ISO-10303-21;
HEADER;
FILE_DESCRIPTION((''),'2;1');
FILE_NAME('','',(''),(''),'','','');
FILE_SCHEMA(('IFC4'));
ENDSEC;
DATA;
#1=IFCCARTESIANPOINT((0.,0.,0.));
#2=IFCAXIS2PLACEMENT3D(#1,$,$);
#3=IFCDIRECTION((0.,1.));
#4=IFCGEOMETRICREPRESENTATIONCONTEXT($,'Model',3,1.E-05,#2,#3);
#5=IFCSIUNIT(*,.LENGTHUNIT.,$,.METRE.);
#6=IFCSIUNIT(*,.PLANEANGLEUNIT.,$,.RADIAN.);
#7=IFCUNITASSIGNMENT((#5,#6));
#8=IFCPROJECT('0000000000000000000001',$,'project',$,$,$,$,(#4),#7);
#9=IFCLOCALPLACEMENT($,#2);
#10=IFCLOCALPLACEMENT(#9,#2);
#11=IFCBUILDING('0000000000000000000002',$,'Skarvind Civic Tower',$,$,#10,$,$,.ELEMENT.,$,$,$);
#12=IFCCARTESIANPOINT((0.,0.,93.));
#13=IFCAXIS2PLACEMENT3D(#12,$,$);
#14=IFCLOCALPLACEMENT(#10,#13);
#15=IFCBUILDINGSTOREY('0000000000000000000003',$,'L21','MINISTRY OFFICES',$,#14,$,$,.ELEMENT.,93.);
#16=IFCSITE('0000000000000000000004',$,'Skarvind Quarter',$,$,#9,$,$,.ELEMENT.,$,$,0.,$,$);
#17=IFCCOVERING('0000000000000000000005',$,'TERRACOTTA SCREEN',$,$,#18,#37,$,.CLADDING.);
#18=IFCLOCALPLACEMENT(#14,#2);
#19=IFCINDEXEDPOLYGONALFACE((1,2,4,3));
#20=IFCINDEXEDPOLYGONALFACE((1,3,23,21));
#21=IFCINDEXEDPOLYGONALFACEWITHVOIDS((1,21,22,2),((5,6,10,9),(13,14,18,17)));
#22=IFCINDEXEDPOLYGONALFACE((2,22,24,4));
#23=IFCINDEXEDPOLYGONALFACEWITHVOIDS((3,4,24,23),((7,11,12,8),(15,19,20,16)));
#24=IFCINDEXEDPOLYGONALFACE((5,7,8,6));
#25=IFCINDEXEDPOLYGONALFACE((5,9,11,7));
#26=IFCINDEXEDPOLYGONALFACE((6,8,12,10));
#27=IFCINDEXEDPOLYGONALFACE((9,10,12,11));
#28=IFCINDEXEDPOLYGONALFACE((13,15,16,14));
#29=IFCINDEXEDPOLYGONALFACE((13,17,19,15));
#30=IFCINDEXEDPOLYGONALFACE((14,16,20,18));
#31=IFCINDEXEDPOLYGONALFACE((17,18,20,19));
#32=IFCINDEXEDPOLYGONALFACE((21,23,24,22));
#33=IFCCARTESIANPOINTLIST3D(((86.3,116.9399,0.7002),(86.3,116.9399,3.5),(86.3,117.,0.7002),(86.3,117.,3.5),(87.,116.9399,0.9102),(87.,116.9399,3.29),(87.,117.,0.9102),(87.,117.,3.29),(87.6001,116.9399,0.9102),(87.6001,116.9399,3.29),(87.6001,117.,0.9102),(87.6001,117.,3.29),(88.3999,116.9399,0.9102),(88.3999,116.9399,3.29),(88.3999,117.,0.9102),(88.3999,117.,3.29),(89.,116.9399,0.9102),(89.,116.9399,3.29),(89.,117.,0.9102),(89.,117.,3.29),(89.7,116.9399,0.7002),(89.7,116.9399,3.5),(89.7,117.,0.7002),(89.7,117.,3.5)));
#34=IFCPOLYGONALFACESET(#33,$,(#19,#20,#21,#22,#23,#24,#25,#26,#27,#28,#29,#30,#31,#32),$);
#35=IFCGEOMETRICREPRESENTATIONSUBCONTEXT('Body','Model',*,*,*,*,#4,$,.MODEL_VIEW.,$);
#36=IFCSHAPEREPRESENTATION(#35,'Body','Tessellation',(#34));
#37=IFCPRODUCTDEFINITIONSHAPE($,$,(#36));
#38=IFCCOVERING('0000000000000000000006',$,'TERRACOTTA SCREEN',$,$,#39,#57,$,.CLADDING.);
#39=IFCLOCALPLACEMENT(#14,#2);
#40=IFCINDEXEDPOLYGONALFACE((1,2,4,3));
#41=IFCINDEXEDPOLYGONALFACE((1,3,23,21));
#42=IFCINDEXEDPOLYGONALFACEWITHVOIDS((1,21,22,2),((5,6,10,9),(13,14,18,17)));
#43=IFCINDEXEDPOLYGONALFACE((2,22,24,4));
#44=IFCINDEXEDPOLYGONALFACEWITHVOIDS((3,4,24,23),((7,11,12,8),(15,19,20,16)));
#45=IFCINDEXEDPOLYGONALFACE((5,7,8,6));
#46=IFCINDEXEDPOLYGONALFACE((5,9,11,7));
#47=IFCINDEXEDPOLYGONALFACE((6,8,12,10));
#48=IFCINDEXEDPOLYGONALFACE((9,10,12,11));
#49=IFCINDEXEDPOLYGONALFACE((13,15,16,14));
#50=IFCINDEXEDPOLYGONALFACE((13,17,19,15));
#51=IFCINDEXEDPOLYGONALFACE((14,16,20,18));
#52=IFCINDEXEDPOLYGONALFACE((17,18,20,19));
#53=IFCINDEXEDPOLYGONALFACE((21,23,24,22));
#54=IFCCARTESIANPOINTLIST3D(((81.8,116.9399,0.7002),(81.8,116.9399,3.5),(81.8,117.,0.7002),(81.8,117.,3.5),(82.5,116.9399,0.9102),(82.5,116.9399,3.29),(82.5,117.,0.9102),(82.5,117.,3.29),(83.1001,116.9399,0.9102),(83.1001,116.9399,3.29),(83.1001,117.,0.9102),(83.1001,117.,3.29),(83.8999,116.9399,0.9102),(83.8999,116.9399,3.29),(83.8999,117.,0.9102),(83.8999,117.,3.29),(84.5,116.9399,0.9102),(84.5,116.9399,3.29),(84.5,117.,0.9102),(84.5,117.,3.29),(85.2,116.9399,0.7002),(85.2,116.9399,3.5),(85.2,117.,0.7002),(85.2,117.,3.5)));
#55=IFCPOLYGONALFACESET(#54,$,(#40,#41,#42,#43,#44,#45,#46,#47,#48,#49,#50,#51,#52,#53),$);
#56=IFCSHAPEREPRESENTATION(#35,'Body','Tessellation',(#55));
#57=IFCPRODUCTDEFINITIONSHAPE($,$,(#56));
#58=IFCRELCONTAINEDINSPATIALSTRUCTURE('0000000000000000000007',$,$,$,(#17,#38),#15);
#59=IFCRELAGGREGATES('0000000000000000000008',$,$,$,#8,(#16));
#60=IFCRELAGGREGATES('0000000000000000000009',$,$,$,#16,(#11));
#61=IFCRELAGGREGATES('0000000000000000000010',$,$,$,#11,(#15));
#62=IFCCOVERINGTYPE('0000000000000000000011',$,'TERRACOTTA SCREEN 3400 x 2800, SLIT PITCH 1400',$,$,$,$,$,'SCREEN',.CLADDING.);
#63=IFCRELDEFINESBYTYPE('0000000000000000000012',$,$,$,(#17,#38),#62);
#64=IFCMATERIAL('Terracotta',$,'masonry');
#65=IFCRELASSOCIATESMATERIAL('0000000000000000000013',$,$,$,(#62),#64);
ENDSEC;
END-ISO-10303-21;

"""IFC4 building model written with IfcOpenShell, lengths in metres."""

from ifc_helpers import new_model, si_unit, direction, frame, origin, place, context, subcontext, project, spatial, polyline, outline, extrude, material, material_profile, profile_set, type_object, element, save


model = new_model("IFC4")

# Units and contexts
model_context = context("Model", 3, precision=1e-05, world=origin(), true_north=direction((0.0, 1.0)))
body_context = subcontext(model_context, "Body", "Model", "MODEL_VIEW")
ifc_project = project(units=[si_unit("LENGTHUNIT", "METRE"), si_unit("PLANEANGLEUNIT", "RADIAN")], contexts=[model_context])

# Site, building, storey
site_placement = place(None, origin())
site = spatial("IfcSite", under=ifc_project, at=site_placement, Name="Skarvind Quarter", CompositionType="ELEMENT", RefElevation=0.0)
building_placement = place(site_placement, origin())
building = spatial("IfcBuilding", under=site, at=building_placement, Name="Skarvind Civic Tower", CompositionType="ELEMENT")
storey_placement = place(building_placement, frame((0.0, 0.0, 93.0)))
storey = spatial("IfcBuildingStorey", under=building, at=storey_placement, Name="L21", Description="MINISTRY OFFICES", CompositionType="ELEMENT", Elevation=93.0)

# Coverings
ifc_material_1 = material(Name="Terracotta", Category="masonry")
ifc_material_profile_1 = material_profile(ifc_material_1, outline(polyline([(-1.7, -1.3999), (1.7, -1.3999), (1.7, 1.3999), (-1.7, 1.3999), (-1.7, -1.3999)]), holes=[polyline([(-1.0, -1.1899), (-0.3999, -1.1899), (-0.3999, 1.1899), (-1.0, 1.1899), (-1.0, -1.1899)]), polyline([(0.3999, -1.1899), (1.0, -1.1899), (1.0, 1.1899), (0.3999, 1.1899), (0.3999, -1.1899)])]), Name="TERRACOTTA SCREEN 3400 x 2800, SLIT PITCH 1400")
ifc_profile_set_1 = profile_set([ifc_material_profile_1], Name="Terracotta")
covering_type = type_object("IfcCoveringType", Name="TERRACOTTA SCREEN 3400 x 2800, SLIT PITCH 1400", ElementType="SCREEN", PredefinedType="CLADDING", material=ifc_profile_set_1)
for number, where, z_axis, x_axis, name in (
    (1, (88.0, 117.0, 2.1001), (0.0, -1.0, 0.0), (1.0, 0.0, 0.0), "TERRACOTTA SCREEN"),
    (2, (83.5, 117.0, 2.1001), (0.0, -1.0, 0.0), (1.0, 0.0, 0.0), "TERRACOTTA SCREEN"),
):
    element("IfcCovering", number, at=place(storey_placement, frame(where, z_axis=z_axis, x_axis=x_axis)), inside=storey, type_object=covering_type, Name=name, PredefinedType="CLADDING", context=body_context, shape_type="SweptSolid", body=[
        extrude(outline(polyline([(-1.7, -1.3999), (1.7, -1.3999), (1.7, 1.3999), (-1.7, 1.3999), (-1.7, -1.3999)]), holes=[polyline([(-1.0, -1.1899), (-0.3999, -1.1899), (-0.3999, 1.1899), (-1.0, 1.1899), (-1.0, -1.1899)]), polyline([(0.3999, -1.1899), (1.0, -1.1899), (1.0, 1.1899), (0.3999, 1.1899), (0.3999, -1.1899)])]), origin(), (0.0, 0.0, 1.0), 0.0601),
    ])

save(model, "model.ifc")
